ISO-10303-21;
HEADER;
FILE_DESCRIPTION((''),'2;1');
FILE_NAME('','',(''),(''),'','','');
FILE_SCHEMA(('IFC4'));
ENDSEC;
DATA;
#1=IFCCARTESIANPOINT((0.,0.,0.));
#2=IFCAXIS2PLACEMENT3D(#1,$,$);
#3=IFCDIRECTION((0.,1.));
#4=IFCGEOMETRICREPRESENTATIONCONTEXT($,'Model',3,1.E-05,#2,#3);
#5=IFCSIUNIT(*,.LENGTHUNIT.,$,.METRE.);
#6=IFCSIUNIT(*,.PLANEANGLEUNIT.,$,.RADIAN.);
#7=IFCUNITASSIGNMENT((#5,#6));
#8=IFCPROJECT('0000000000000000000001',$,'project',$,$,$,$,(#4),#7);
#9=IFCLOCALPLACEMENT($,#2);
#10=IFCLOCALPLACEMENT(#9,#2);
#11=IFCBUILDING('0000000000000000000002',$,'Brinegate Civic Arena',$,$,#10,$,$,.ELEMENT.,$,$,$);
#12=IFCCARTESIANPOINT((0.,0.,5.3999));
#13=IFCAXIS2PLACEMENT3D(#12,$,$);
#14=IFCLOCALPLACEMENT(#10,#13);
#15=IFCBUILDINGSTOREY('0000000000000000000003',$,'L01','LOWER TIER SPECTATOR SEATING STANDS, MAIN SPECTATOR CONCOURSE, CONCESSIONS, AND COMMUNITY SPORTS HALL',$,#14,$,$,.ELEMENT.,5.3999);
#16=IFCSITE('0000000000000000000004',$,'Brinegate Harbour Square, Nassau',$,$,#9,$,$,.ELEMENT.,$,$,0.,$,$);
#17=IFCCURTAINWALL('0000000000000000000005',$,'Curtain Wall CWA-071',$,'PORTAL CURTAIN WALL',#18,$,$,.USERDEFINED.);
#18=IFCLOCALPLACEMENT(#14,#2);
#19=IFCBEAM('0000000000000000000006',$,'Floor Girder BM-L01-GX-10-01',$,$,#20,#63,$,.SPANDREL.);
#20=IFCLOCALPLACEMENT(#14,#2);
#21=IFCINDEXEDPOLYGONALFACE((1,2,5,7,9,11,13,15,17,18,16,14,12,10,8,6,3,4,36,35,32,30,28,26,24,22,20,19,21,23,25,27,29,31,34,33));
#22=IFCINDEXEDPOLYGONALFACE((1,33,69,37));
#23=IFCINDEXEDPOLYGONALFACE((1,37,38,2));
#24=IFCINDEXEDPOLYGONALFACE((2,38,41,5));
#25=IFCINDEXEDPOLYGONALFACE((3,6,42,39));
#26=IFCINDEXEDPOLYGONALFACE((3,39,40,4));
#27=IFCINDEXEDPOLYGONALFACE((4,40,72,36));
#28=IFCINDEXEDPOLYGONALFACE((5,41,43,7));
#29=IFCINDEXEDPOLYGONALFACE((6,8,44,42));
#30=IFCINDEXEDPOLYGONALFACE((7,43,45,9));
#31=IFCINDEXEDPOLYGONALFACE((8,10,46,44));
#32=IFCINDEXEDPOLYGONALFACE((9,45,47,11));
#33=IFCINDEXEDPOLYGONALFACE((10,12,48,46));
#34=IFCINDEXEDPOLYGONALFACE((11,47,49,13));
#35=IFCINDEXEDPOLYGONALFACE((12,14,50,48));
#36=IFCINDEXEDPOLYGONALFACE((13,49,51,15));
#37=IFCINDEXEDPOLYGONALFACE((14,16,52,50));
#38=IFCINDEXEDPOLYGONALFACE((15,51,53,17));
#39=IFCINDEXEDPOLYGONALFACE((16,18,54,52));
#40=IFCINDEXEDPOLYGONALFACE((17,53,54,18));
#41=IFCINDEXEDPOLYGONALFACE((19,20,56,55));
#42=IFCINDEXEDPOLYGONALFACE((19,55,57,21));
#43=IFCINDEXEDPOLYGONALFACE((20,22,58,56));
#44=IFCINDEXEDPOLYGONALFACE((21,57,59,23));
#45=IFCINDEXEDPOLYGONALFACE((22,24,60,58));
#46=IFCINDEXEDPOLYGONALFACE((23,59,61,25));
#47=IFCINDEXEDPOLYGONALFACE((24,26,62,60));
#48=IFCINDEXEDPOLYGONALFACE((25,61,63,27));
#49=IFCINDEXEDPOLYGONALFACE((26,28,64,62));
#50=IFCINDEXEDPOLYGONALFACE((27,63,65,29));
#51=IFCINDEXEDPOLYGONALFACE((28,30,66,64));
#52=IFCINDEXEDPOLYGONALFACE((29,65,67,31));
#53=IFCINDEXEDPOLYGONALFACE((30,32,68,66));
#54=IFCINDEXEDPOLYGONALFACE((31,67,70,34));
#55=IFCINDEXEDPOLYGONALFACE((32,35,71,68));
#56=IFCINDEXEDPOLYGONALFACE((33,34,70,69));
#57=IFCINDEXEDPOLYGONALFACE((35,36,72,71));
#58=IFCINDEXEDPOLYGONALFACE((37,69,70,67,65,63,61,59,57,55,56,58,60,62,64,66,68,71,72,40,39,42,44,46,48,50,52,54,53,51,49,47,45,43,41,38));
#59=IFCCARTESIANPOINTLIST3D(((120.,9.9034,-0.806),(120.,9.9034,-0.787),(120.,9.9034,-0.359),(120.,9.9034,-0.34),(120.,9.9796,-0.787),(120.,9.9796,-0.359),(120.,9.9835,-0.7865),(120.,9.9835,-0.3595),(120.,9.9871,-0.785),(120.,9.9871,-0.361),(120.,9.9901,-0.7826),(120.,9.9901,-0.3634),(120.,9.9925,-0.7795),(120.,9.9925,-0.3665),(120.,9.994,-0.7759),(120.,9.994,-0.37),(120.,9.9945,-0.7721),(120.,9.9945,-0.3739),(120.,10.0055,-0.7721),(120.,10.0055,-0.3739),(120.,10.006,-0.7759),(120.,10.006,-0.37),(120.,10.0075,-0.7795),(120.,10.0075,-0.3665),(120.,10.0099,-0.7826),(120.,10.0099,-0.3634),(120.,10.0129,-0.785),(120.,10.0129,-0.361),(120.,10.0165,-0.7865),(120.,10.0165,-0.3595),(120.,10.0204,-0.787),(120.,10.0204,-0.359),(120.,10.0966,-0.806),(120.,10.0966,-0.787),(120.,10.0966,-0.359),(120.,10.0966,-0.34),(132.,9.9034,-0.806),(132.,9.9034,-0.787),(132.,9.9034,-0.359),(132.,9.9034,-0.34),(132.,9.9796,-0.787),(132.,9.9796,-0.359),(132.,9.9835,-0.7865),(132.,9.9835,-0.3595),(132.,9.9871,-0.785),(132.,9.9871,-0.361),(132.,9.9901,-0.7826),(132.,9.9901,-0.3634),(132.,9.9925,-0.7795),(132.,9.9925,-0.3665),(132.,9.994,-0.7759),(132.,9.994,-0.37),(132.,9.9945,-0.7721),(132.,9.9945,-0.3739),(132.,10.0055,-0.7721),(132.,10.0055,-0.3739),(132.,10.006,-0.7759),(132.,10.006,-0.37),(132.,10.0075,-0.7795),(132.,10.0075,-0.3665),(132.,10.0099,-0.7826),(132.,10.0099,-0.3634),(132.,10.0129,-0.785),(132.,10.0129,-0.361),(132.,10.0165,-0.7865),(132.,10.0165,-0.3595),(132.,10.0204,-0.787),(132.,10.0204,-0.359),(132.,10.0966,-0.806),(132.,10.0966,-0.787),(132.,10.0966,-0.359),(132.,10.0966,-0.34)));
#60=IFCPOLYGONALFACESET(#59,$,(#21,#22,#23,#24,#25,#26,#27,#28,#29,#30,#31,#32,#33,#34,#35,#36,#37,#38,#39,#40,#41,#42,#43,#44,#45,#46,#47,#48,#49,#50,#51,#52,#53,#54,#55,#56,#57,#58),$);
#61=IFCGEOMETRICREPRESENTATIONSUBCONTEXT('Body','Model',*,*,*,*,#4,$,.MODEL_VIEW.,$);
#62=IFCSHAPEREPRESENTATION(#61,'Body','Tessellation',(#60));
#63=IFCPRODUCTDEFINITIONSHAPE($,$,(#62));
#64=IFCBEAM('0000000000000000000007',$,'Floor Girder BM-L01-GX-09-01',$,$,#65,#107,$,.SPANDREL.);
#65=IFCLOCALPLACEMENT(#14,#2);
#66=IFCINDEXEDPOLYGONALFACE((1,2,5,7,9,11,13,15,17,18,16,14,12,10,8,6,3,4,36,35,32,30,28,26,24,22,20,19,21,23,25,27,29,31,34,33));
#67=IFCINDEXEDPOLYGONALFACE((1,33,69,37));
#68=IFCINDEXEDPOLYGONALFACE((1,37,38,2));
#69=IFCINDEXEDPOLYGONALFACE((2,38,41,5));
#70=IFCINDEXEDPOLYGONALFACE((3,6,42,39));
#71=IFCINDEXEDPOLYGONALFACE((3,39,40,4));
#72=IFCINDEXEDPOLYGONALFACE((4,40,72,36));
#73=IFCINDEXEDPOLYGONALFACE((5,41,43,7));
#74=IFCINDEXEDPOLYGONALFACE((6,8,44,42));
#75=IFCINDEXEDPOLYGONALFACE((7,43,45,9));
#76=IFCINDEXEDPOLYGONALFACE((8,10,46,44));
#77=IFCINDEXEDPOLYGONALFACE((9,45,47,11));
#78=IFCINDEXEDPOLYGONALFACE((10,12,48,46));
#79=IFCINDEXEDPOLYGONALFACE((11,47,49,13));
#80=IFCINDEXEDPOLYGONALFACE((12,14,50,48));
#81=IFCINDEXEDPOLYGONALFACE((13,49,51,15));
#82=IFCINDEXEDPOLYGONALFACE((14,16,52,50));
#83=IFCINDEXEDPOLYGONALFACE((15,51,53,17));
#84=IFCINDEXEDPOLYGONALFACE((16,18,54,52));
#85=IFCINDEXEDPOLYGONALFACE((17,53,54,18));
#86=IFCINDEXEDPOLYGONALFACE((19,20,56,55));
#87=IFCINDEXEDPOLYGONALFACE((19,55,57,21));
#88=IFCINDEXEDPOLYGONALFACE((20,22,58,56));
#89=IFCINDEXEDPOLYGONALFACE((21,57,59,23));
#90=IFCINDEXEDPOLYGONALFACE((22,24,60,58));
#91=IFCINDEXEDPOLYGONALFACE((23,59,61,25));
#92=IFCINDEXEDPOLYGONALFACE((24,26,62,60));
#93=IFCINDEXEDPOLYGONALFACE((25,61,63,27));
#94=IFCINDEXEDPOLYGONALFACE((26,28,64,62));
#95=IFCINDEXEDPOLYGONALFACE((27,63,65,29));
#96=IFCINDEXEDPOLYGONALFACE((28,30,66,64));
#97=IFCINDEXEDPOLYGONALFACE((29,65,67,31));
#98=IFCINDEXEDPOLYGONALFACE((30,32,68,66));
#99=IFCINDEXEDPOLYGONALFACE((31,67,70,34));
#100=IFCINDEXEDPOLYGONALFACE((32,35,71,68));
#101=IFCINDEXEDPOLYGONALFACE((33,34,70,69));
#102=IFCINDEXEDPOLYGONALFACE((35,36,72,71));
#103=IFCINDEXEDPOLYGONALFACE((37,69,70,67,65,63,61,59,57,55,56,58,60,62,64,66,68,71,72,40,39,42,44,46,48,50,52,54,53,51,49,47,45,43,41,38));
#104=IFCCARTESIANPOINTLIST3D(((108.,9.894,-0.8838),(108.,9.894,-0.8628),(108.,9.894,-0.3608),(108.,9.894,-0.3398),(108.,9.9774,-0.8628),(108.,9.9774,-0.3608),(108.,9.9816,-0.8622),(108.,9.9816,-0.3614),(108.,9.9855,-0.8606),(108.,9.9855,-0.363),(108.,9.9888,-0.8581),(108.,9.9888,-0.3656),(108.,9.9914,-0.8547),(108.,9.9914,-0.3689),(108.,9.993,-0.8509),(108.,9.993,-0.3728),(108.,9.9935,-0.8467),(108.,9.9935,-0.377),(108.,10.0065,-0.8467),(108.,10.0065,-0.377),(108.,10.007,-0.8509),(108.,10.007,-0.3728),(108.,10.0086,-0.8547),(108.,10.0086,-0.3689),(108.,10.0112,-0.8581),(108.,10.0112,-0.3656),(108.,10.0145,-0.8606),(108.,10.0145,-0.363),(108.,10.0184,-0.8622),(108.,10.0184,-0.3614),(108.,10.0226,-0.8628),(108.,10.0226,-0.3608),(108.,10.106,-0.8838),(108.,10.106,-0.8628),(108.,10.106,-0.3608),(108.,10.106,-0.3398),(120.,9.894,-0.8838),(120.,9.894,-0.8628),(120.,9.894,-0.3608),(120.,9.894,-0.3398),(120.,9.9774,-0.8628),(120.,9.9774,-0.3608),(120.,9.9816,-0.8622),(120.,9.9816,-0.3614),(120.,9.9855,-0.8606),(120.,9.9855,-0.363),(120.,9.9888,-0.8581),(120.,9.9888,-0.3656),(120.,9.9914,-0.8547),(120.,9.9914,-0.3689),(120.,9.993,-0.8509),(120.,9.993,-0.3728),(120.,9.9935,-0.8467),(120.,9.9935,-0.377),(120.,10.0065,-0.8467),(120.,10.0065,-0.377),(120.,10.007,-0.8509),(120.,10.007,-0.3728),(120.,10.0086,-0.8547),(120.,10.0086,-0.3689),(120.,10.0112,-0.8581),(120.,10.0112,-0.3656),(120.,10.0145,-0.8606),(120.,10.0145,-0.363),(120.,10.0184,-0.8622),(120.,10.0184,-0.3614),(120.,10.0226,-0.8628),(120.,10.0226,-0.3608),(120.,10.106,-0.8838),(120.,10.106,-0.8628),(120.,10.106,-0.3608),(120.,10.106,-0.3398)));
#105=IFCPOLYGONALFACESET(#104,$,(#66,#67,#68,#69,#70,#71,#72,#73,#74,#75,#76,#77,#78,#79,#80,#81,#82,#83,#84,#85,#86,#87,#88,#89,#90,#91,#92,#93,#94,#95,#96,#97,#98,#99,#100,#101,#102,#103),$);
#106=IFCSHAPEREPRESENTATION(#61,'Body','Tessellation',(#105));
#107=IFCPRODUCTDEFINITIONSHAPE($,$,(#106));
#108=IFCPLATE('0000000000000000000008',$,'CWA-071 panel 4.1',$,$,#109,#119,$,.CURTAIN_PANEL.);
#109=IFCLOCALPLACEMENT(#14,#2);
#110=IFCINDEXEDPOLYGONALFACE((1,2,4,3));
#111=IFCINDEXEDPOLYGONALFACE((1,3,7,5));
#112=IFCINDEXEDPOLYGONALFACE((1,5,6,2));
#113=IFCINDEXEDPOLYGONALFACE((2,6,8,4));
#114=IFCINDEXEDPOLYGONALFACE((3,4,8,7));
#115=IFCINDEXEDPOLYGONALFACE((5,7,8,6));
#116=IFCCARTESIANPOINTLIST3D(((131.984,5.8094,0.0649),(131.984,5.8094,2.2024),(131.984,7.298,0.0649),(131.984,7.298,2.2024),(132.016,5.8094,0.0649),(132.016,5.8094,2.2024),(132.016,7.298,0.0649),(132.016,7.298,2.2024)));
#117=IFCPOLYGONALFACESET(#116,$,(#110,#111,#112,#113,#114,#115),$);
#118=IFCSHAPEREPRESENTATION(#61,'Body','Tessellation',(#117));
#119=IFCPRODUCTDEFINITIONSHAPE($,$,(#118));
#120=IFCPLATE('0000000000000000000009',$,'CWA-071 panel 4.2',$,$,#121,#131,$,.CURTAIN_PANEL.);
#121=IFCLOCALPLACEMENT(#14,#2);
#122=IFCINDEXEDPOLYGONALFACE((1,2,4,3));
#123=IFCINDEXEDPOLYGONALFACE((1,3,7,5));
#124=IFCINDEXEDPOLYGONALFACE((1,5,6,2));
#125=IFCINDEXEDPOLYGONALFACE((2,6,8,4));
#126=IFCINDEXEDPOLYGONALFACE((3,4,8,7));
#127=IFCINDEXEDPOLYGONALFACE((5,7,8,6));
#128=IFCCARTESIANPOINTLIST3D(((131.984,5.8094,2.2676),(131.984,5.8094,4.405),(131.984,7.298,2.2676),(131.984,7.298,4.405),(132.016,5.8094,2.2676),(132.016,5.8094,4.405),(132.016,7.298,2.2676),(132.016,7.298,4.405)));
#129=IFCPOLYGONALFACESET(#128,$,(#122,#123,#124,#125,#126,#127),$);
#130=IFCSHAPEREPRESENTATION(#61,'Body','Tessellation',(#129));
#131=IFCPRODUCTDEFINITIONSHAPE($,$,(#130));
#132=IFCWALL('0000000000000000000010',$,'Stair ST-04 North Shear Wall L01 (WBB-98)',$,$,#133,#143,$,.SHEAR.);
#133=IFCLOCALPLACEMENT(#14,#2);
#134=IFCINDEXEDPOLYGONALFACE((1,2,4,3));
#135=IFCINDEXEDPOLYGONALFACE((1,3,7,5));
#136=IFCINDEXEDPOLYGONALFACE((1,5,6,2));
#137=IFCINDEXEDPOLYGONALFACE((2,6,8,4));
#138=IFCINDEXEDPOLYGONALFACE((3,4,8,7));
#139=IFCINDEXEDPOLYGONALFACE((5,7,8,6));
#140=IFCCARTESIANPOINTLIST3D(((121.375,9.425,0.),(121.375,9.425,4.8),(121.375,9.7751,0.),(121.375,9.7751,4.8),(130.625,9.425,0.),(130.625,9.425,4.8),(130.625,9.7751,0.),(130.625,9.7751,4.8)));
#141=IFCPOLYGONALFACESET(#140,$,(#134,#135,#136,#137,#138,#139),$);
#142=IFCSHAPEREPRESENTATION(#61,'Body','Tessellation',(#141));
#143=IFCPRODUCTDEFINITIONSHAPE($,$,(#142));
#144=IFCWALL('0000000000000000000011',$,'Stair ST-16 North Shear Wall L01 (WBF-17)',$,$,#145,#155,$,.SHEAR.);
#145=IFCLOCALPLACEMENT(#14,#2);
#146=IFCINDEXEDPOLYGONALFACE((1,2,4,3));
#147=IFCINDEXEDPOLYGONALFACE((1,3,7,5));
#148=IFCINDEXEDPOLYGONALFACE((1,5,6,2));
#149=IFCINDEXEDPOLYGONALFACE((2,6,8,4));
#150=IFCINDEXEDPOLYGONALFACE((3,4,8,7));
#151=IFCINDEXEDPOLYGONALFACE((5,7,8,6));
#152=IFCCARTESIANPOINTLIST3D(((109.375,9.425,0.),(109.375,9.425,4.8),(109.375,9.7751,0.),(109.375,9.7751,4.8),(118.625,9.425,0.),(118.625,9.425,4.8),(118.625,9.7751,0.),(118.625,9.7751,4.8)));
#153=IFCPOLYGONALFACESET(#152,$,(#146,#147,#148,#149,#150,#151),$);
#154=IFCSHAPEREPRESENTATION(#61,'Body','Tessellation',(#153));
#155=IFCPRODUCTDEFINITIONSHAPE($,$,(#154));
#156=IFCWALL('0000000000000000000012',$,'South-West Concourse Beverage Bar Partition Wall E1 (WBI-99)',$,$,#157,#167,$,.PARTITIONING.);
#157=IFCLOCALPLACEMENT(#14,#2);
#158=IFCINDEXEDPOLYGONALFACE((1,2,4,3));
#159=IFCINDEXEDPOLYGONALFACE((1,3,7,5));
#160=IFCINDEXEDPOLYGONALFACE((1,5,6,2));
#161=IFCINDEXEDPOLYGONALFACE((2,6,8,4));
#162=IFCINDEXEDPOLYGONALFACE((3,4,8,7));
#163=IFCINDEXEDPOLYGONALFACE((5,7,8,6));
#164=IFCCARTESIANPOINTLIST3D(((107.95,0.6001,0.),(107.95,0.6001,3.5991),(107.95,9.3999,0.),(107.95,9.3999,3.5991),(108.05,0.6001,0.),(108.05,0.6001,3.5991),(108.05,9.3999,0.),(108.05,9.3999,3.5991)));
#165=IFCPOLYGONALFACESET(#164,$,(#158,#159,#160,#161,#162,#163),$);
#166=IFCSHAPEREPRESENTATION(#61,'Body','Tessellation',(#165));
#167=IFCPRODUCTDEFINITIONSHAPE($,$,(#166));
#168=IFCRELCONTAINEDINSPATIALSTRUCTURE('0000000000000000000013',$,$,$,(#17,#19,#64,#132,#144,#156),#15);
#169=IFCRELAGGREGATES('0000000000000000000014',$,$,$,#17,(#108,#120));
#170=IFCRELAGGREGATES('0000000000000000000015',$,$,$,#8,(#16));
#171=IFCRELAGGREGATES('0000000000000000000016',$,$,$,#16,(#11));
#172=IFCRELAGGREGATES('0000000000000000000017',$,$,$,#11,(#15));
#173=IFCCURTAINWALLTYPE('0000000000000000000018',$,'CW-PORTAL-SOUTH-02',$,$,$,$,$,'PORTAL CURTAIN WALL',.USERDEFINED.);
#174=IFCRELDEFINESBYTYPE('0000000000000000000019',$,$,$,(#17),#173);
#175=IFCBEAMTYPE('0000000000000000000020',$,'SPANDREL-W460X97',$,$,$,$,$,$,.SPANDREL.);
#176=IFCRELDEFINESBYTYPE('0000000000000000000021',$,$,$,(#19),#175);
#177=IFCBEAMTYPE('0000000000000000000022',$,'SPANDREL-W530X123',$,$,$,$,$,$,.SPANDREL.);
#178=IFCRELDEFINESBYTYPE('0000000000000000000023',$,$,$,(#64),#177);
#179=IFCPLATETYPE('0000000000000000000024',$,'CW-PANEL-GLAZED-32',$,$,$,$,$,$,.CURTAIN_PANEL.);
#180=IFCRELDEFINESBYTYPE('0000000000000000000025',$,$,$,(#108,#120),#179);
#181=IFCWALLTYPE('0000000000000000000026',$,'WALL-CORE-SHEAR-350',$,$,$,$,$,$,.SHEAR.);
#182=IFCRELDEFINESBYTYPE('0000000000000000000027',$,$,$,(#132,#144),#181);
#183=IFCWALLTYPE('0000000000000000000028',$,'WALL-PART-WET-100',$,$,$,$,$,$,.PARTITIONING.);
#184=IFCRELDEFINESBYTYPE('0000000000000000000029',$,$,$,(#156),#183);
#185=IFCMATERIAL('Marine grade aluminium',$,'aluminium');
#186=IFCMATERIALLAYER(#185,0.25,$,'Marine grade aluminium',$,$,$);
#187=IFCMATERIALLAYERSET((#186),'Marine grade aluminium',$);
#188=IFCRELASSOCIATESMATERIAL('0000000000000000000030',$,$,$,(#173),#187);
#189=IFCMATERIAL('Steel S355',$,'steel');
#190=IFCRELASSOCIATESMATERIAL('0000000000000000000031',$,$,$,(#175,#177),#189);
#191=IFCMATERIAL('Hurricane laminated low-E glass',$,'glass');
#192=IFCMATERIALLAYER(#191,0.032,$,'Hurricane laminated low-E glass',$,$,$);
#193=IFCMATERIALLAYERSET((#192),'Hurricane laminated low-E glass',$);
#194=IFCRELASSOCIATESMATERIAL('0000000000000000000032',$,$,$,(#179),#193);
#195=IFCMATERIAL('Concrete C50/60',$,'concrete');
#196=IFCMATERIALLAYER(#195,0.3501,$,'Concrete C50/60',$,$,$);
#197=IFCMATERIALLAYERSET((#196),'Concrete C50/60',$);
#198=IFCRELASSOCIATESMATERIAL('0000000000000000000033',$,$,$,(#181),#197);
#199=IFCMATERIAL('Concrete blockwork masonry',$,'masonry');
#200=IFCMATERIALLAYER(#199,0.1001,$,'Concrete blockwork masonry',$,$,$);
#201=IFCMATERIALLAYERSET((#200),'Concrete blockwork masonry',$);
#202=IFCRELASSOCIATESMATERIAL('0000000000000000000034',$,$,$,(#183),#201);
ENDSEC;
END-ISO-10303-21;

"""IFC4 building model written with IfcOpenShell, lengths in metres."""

from ifc_helpers import new_model, si_unit, direction, frame, frame_2d, origin, origin_2d, place, context, subcontext, project, spatial, rectangle, i_section, extrude, material, layer, layer_set, material_profile, profile_set, type_object, element, aggregate, save


model = new_model("IFC4")

# Units and contexts
model_context = context("Model", 3, precision=1e-05, world=origin(), true_north=direction((0.0, 1.0)))
body_context = subcontext(model_context, "Body", "Model", "MODEL_VIEW")
ifc_project = project(units=[si_unit("LENGTHUNIT", "METRE"), si_unit("PLANEANGLEUNIT", "RADIAN")], contexts=[model_context])

# Site, building, storey
site_placement = place(None, origin())
site = spatial("IfcSite", under=ifc_project, at=site_placement, Name="Brinegate Harbour Square, Nassau", CompositionType="ELEMENT", RefElevation=0.0)
building_placement = place(site_placement, origin())
building = spatial("IfcBuilding", under=site, at=building_placement, Name="Brinegate Civic Arena", CompositionType="ELEMENT")
storey_placement = place(building_placement, frame((0.0, 0.0, 5.3999)))
storey = spatial("IfcBuildingStorey", under=building, at=storey_placement, Name="L01", Description="LOWER TIER SPECTATOR SEATING STANDS, MAIN SPECTATOR CONCOURSE, CONCESSIONS, AND COMMUNITY SPORTS HALL", CompositionType="ELEMENT", Elevation=5.3999)

# Shared definitions
ifc_material_1 = material(Name="Concrete C50/60", Category="concrete")

# Curtain wall
ifc_material_2 = material(Name="Marine grade aluminium", Category="aluminium")
ifc_layer_1 = layer(ifc_material_2, 0.25, Name="Marine grade aluminium")
ifc_layer_set_1 = layer_set([ifc_layer_1], Name="Marine grade aluminium")
curtain_wall_type = type_object("IfcCurtainWallType", Name="CW-PORTAL-SOUTH-02", ElementType="PORTAL CURTAIN WALL", PredefinedType="USERDEFINED", material=ifc_layer_set_1)
curtain_wall_placement = place(storey_placement, origin())
curtain_wall = element("IfcCurtainWall", 1, at=curtain_wall_placement, inside=storey, type_object=curtain_wall_type, Name="Curtain Wall CWA-071", ObjectType="PORTAL CURTAIN WALL", PredefinedType="USERDEFINED")

# Beams
ifc_material_3 = material(Name="Steel S355", Category="steel")
ifc_material_profile_1 = material_profile(ifc_material_3, i_section(OverallWidth=0.1931, OverallDepth=0.4661, WebThickness=0.011, FlangeThickness=0.019, FilletRadius=0.0149, at=origin_2d()), Name="W460X97")
ifc_profile_set_1 = profile_set([ifc_material_profile_1], Name="Steel S355")
beam_type_1 = type_object("IfcBeamType", Name="SPANDREL-W460X97", PredefinedType="SPANDREL", material=ifc_profile_set_1)
beam_1_placement = place(storey_placement, frame((120.0, 10.0, -0.573), z_axis=(1.0, 0.0, 0.0), x_axis=(0.0, 1.0, 0.0)))
element("IfcBeam", 2, at=beam_1_placement, inside=storey, type_object=beam_type_1, Name="Floor Girder BM-L01-GX-10-01", PredefinedType="SPANDREL", context=body_context, shape_type="SweptSolid", body=[
    extrude(i_section(OverallWidth=0.1931, OverallDepth=0.4661, WebThickness=0.011, FlangeThickness=0.019, FilletRadius=0.0149, at=origin_2d()), origin(), (0.0, 0.0, 1.0), 12.0),
])
ifc_material_profile_2 = material_profile(ifc_material_3, i_section(OverallWidth=0.2119, OverallDepth=0.5439, WebThickness=0.0129, FlangeThickness=0.021, FilletRadius=0.0161, at=origin_2d()), Name="W530X123")
ifc_profile_set_2 = profile_set([ifc_material_profile_2], Name="Steel S355")
beam_type_2 = type_object("IfcBeamType", Name="SPANDREL-W530X123", PredefinedType="SPANDREL", material=ifc_profile_set_2)
beam_2_placement = place(storey_placement, frame((108.0, 10.0, -0.6118), z_axis=(1.0, 0.0, 0.0), x_axis=(0.0, 1.0, 0.0)))
element("IfcBeam", 3, at=beam_2_placement, inside=storey, type_object=beam_type_2, Name="Floor Girder BM-L01-GX-09-01", PredefinedType="SPANDREL", context=body_context, shape_type="SweptSolid", body=[
    extrude(i_section(OverallWidth=0.2119, OverallDepth=0.5439, WebThickness=0.0129, FlangeThickness=0.021, FilletRadius=0.0161, at=origin_2d()), origin(), (0.0, 0.0, 1.0), 12.0),
])

# Plates
ifc_material_4 = material(Name="Hurricane laminated low-E glass", Category="glass")
ifc_layer_2 = layer(ifc_material_4, 0.032, Name="Hurricane laminated low-E glass")
ifc_layer_set_2 = layer_set([ifc_layer_2], Name="Hurricane laminated low-E glass")
plate_type = type_object("IfcPlateType", Name="CW-PANEL-GLAZED-32", PredefinedType="CURTAIN_PANEL", material=ifc_layer_set_2)
plate_1_placement = place(storey_placement, frame((132.0, 6.5537, 0.0649), z_axis=(0.0, 0.0, 1.0), x_axis=(0.0, 1.0, 0.0)))
plate_1 = element("IfcPlate", 4, at=plate_1_placement, type_object=plate_type, Name="CWA-071 panel 4.1", PredefinedType="CURTAIN_PANEL", context=body_context, shape_type="SweptSolid", body=[
    extrude(rectangle(XDim=1.4885, YDim=0.032, at=origin_2d()), origin(), (0.0, 0.0, 1.0), 2.1375),
])
plate_2_placement = place(storey_placement, frame((132.0, 6.5537, 2.2676), z_axis=(0.0, 0.0, 1.0), x_axis=(0.0, 1.0, 0.0)))
plate_2 = element("IfcPlate", 5, at=plate_2_placement, type_object=plate_type, Name="CWA-071 panel 4.2", PredefinedType="CURTAIN_PANEL", context=body_context, shape_type="SweptSolid", body=[
    extrude(rectangle(XDim=1.4885, YDim=0.032, at=origin_2d()), origin(), (0.0, 0.0, 1.0), 2.1375),
])
aggregate(curtain_wall, [plate_1, plate_2])

# Walls
ifc_layer_3 = layer(ifc_material_1, 0.3501, Name="Concrete C50/60")
ifc_layer_set_3 = layer_set([ifc_layer_3], Name="Concrete C50/60")
wall_type_1 = type_object("IfcWallType", Name="WALL-CORE-SHEAR-350", PredefinedType="SHEAR", material=ifc_layer_set_3)
for number, where, z_axis, x_axis, name in (
    (6, (121.375, 9.6001, 0.0), (0.0, 0.0, 1.0), (1.0, 0.0, 0.0), "Stair ST-04 North Shear Wall L01 (WBB-98)"),
    (7, (109.375, 9.6001, 0.0), (0.0, 0.0, 1.0), (1.0, 0.0, 0.0), "Stair ST-16 North Shear Wall L01 (WBF-17)"),
):
    element("IfcWall", number, at=place(storey_placement, frame(where, z_axis=z_axis, x_axis=x_axis)), inside=storey, type_object=wall_type_1, Name=name, PredefinedType="SHEAR", context=body_context, shape_type="SweptSolid", body=[
        extrude(rectangle(XDim=9.25, YDim=0.3501, at=frame_2d((4.625, 0.0))), origin(), (0.0, 0.0, 1.0), 4.8),
    ])
ifc_material_5 = material(Name="Concrete blockwork masonry", Category="masonry")
ifc_layer_4 = layer(ifc_material_5, 0.1001, Name="Concrete blockwork masonry")
ifc_layer_set_4 = layer_set([ifc_layer_4], Name="Concrete blockwork masonry")
wall_type_2 = type_object("IfcWallType", Name="WALL-PART-WET-100", PredefinedType="PARTITIONING", material=ifc_layer_set_4)
wall_1_placement = place(storey_placement, frame((108.0, 9.3999, 0.0), z_axis=(0.0, 0.0, 1.0), x_axis=(0.0, -1.0, 0.0)))
element("IfcWall", 8, at=wall_1_placement, inside=storey, type_object=wall_type_2, Name="South-West Concourse Beverage Bar Partition Wall E1 (WBI-99)", PredefinedType="PARTITIONING", context=body_context, shape_type="SweptSolid", body=[
    extrude(rectangle(XDim=8.7998, YDim=0.1001, at=frame_2d((4.3999, 0.0))), origin(), (0.0, 0.0, 1.0), 3.5991),
])

save(model, "model.ifc")
